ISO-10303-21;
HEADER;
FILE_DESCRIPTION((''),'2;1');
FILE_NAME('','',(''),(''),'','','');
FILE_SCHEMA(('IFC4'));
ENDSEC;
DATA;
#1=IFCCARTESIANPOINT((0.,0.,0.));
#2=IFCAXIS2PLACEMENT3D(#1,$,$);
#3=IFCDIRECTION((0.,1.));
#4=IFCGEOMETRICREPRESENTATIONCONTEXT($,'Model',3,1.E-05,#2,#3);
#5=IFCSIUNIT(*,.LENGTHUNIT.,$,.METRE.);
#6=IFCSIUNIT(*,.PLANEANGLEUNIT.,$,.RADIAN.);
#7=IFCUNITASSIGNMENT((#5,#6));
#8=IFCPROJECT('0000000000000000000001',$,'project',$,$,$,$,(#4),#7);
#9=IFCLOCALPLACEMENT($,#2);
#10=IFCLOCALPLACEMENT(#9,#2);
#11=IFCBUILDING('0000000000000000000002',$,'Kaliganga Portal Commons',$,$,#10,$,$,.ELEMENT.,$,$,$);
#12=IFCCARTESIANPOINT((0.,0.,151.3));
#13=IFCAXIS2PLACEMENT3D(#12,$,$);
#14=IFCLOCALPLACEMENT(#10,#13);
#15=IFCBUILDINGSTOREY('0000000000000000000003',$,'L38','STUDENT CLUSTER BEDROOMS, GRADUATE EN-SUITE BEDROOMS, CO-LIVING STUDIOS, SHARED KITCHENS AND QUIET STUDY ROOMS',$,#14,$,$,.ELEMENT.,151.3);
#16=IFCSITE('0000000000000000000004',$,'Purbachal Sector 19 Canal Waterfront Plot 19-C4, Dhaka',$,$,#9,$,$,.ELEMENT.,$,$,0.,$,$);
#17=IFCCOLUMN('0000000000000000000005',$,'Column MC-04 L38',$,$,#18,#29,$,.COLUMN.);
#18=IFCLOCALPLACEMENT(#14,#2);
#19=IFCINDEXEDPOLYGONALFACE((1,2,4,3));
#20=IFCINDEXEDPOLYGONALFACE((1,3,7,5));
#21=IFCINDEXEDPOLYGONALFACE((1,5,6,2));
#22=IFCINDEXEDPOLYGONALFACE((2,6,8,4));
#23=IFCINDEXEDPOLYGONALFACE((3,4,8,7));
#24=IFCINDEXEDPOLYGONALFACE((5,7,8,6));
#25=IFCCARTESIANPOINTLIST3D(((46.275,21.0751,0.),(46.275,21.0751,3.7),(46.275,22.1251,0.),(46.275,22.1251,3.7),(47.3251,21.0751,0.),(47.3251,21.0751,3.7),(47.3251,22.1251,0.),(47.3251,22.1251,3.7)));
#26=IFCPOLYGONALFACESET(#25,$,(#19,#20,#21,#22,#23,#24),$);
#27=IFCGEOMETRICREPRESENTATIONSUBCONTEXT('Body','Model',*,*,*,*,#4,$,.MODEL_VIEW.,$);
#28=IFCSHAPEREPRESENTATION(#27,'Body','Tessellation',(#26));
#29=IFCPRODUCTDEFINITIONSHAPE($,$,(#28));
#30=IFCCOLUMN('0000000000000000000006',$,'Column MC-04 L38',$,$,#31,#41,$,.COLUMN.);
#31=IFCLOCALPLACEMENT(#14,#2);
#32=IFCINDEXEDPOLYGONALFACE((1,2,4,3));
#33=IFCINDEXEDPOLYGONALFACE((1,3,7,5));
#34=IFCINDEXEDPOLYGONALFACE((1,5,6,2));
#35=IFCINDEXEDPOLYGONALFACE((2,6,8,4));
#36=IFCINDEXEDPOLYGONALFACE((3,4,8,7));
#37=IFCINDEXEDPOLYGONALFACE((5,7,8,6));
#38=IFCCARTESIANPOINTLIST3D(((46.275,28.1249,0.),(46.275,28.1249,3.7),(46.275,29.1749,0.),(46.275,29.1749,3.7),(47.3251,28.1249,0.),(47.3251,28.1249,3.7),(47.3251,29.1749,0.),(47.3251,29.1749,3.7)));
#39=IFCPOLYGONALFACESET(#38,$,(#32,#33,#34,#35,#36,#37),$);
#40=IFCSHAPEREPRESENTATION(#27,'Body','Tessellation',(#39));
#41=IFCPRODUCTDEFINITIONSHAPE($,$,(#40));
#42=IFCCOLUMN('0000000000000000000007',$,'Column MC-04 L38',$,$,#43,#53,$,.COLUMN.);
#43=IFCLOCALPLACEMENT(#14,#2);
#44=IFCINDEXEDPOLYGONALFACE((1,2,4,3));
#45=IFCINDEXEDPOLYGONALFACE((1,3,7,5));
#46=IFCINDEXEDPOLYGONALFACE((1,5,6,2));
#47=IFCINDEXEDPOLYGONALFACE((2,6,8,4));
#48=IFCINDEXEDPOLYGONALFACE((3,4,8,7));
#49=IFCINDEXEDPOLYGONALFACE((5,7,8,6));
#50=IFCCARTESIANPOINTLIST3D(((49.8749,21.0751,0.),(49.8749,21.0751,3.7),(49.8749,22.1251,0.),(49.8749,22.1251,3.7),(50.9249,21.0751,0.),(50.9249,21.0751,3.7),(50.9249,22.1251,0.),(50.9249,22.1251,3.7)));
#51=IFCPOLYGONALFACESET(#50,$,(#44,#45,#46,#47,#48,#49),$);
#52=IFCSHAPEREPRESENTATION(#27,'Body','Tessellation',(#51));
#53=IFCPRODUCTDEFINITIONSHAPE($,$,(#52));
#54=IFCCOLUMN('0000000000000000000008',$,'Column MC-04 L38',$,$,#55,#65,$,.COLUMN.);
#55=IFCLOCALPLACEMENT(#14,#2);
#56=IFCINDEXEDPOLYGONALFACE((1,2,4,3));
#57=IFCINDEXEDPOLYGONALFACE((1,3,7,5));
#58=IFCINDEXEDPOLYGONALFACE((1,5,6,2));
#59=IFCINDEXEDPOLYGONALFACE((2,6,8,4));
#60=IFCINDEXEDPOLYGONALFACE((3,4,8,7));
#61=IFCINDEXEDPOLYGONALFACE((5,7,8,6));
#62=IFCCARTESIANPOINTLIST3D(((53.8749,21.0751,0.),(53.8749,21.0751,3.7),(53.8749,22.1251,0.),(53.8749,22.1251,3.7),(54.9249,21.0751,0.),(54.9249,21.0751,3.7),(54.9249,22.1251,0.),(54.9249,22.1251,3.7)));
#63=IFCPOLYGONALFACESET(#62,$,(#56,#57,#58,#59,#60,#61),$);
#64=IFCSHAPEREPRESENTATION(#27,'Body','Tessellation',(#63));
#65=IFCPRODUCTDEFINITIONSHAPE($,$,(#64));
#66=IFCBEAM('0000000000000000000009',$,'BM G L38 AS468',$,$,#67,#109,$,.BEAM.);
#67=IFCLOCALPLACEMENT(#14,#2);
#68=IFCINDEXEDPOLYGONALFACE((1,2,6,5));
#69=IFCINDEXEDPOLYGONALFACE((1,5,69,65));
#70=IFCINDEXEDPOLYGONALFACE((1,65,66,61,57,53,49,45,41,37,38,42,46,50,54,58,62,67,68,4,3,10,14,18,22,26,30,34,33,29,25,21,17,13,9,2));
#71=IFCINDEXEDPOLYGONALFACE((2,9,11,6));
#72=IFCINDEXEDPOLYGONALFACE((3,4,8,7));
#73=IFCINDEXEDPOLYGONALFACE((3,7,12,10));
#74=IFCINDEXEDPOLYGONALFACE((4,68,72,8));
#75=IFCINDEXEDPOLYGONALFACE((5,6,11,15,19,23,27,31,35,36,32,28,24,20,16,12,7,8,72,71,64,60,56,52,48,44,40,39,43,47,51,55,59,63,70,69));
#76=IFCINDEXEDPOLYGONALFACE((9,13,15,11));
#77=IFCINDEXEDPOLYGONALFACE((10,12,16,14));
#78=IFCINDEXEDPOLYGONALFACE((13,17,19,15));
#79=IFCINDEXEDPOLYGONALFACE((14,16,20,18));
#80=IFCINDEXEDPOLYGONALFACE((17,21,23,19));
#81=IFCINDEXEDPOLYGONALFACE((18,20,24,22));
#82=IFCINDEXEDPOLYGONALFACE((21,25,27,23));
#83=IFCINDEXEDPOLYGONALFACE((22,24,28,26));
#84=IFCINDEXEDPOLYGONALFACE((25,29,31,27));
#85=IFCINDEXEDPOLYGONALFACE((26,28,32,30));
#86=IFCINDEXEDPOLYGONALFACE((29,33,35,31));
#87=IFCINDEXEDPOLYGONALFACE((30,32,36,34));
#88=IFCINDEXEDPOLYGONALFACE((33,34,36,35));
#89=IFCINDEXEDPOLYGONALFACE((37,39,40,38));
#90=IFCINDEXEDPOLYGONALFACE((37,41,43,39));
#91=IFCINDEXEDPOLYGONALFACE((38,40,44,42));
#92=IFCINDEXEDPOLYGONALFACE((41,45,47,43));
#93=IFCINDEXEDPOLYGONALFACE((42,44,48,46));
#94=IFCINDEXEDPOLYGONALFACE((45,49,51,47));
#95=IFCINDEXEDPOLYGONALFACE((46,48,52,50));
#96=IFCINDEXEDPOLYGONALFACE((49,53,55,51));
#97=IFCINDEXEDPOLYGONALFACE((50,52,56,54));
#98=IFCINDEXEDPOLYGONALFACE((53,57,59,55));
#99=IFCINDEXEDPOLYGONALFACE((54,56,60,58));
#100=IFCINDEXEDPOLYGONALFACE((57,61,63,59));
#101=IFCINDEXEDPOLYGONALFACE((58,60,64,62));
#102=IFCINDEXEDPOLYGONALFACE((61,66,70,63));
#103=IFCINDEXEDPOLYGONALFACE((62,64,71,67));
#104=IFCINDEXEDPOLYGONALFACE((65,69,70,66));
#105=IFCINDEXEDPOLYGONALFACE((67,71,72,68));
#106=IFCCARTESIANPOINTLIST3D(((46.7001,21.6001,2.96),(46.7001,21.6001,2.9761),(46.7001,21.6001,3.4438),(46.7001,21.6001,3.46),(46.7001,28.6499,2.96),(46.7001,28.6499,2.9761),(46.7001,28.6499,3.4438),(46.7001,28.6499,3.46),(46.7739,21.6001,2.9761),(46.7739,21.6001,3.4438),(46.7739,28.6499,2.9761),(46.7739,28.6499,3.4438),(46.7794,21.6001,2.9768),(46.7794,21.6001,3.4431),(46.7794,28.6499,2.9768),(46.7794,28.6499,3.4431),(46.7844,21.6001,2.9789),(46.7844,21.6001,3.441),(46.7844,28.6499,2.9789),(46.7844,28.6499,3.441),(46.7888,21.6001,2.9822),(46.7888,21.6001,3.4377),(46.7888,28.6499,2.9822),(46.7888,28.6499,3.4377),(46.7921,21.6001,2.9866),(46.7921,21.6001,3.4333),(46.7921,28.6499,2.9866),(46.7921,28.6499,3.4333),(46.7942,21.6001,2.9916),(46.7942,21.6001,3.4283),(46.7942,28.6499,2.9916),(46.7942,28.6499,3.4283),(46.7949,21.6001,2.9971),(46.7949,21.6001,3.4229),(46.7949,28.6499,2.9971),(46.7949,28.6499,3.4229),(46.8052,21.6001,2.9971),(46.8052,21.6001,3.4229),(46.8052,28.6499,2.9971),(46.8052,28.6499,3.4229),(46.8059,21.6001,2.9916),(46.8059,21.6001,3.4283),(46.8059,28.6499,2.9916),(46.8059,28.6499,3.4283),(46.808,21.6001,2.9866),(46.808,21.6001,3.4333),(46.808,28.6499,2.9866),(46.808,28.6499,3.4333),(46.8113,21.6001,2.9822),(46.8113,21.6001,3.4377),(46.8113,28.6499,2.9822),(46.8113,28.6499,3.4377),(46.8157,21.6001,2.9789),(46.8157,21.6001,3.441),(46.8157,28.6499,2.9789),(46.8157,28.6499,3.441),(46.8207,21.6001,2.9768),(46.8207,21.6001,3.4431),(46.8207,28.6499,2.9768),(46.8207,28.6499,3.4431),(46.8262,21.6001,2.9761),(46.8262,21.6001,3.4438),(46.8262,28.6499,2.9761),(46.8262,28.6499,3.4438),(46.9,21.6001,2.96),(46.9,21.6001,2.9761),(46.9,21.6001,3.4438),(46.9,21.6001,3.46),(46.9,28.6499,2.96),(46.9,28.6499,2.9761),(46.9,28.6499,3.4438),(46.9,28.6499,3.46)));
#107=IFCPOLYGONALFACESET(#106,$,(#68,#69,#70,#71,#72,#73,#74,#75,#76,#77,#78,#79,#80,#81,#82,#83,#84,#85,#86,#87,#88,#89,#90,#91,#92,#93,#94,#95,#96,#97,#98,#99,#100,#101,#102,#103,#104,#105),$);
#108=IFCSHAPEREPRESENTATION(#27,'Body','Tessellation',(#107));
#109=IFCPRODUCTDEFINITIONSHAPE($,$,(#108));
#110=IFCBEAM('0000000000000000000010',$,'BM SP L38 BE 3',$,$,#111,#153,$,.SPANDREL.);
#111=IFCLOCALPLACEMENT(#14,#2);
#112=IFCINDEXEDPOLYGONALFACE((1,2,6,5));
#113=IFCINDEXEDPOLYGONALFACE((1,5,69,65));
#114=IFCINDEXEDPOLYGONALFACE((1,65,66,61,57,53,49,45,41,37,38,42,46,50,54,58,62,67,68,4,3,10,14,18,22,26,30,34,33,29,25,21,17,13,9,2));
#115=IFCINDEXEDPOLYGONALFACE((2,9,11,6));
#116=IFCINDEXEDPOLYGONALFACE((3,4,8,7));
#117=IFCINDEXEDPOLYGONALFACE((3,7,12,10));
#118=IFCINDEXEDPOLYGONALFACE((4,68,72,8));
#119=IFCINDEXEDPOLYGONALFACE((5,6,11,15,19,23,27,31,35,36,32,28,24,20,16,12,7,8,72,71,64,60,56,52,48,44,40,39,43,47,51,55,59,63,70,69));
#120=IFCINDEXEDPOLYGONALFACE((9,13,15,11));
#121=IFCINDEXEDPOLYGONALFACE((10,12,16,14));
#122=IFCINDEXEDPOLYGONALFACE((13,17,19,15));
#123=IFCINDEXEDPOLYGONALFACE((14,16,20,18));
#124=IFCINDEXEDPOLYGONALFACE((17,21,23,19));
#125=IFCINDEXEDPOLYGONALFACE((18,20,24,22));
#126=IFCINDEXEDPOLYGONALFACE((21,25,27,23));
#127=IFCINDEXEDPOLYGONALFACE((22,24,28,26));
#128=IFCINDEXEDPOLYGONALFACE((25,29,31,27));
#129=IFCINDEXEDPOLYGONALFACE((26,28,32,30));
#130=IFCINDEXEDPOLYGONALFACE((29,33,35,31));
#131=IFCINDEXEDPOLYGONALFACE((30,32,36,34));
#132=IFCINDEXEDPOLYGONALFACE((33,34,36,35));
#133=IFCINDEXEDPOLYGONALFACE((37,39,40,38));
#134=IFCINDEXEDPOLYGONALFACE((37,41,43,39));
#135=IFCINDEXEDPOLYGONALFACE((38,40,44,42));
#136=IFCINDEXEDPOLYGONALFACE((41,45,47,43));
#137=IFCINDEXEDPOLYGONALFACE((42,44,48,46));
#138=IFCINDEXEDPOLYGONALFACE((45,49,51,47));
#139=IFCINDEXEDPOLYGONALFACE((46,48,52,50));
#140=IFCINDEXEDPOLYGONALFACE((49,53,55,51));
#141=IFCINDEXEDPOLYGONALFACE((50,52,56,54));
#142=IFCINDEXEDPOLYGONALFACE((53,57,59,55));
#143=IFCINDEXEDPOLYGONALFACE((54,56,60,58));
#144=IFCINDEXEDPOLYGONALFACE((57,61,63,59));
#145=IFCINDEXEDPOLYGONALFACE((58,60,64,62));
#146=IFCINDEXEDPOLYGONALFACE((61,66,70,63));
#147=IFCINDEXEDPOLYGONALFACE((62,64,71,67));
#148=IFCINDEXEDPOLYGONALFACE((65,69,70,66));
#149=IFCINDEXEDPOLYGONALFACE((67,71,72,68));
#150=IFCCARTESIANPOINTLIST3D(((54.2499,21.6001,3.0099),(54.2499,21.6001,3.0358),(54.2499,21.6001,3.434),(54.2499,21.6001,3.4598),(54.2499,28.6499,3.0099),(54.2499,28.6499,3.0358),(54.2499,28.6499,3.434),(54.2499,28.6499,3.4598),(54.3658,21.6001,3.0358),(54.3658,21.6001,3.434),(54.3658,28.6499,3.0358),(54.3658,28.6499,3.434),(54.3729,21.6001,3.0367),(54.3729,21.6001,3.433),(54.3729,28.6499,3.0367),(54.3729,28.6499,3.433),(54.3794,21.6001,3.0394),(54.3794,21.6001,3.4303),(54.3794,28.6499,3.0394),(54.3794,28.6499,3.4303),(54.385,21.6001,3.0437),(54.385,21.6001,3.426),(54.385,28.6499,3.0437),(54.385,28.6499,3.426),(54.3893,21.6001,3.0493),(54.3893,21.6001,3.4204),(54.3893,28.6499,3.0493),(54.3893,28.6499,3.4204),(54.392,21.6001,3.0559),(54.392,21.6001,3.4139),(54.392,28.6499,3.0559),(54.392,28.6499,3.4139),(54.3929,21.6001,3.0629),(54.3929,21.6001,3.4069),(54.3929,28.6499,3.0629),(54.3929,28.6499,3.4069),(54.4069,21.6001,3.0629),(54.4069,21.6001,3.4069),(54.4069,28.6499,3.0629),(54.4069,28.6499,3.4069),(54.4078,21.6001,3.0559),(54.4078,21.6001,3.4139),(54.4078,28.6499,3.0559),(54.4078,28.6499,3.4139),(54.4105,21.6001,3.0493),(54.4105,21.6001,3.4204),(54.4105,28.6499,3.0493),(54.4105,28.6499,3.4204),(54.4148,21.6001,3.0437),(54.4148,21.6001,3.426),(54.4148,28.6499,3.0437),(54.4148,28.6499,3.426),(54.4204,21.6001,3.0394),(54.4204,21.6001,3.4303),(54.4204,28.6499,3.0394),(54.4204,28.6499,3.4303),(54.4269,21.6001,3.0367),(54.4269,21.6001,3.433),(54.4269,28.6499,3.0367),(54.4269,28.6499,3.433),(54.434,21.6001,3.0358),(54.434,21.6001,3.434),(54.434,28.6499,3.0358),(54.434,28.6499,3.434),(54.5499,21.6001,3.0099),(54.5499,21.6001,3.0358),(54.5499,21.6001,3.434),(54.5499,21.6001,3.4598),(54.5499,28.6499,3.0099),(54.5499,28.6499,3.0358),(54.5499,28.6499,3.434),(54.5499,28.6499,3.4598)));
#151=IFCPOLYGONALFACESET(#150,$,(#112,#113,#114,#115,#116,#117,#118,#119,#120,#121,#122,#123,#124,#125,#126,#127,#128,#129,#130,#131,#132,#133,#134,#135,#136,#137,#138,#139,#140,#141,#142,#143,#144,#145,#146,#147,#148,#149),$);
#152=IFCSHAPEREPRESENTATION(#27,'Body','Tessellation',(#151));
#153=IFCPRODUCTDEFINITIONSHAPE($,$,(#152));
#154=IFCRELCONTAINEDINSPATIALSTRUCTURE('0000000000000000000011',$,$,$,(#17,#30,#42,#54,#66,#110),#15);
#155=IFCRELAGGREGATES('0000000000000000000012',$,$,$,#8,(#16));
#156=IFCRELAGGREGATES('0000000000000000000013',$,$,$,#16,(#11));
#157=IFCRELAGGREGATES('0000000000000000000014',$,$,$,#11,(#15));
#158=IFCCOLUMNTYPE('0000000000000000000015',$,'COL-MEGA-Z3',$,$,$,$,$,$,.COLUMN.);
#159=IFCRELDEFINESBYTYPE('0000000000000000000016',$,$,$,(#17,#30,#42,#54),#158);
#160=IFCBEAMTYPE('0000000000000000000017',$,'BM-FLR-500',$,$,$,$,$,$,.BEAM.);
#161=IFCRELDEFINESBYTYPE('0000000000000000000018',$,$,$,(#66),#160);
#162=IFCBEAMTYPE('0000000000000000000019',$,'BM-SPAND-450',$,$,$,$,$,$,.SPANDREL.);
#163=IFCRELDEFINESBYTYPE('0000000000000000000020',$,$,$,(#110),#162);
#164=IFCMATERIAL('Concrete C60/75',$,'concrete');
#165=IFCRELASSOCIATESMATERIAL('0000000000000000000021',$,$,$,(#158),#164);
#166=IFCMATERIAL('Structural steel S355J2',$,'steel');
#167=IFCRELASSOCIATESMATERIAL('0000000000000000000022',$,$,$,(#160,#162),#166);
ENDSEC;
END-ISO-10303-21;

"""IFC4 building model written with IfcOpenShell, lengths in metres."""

from ifc_helpers import new_model, si_unit, direction, frame, origin, origin_2d, place, context, subcontext, project, spatial, rectangle, i_section, extrude, source, transform, mapped, material, material_profile, profile_set, type_object, element, save


model = new_model("IFC4")

# Units and contexts
model_context = context("Model", 3, precision=1e-05, world=origin(), true_north=direction((0.0, 1.0)))
body_context = subcontext(model_context, "Body", "Model", "MODEL_VIEW")
ifc_project = project(units=[si_unit("LENGTHUNIT", "METRE"), si_unit("PLANEANGLEUNIT", "RADIAN")], contexts=[model_context])

# Site, building, storey
site_placement = place(None, origin())
site = spatial("IfcSite", under=ifc_project, at=site_placement, Name="Purbachal Sector 19 Canal Waterfront Plot 19-C4, Dhaka", CompositionType="ELEMENT", RefElevation=0.0)
building_placement = place(site_placement, origin())
building = spatial("IfcBuilding", under=site, at=building_placement, Name="Kaliganga Portal Commons", CompositionType="ELEMENT")
storey_placement = place(building_placement, frame((0.0, 0.0, 151.3)))
storey = spatial("IfcBuildingStorey", under=building, at=storey_placement, Name="L38", Description="STUDENT CLUSTER BEDROOMS, GRADUATE EN-SUITE BEDROOMS, CO-LIVING STUDIOS, SHARED KITCHENS AND QUIET STUDY ROOMS", CompositionType="ELEMENT", Elevation=151.3)

# Columns
ifc_material_1 = material(Name="Concrete C60/75", Category="concrete")
ifc_material_profile_1 = material_profile(ifc_material_1, rectangle(XDim=1.05, YDim=1.05, at=origin_2d()), Name="RC 1050x1050")
ifc_profile_set_1 = profile_set([ifc_material_profile_1], Name="Concrete C60/75")
column_type = type_object("IfcColumnType", Name="COL-MEGA-Z3", PredefinedType="COLUMN", material=ifc_profile_set_1)
shared_shape_1 = source(origin(), body_context, "Body", "SweptSolid", [
    extrude(rectangle(XDim=1.05, YDim=1.05, at=origin_2d()), origin(), (0.0, 0.0, 1.0), 3.7),
])
for number, where, z_axis, x_axis, name in (
    (1, (46.8, 21.6001, 0.0), (0.0, 0.0, 1.0), (1.0, 0.0, 0.0), "Column MC-04 L38"),
    (2, (46.8, 28.6499, 0.0), (0.0, 0.0, 1.0), (1.0, 0.0, 0.0), "Column MC-04 L38"),
    (3, (50.3999, 21.6001, 0.0), (0.0, 0.0, 1.0), (1.0, 0.0, 0.0), "Column MC-04 L38"),
    (4, (54.3999, 21.6001, 0.0), (0.0, 0.0, 1.0), (1.0, 0.0, 0.0), "Column MC-04 L38"),
):
    element("IfcColumn", number, at=place(storey_placement, frame(where, z_axis=z_axis, x_axis=x_axis)), inside=storey, type_object=column_type, Name=name, PredefinedType="COLUMN", context=body_context, shape_type="MappedRepresentation", body=[
        mapped(shared_shape_1, transform((0.0, 0.0, 0.0), x_axis=(1.0, 0.0, 0.0), y_axis=(0.0, 1.0, 0.0), z_axis=(0.0, 0.0, 1.0), scale=1.0)),
    ])

# Beams
ifc_material_2 = material(Name="Structural steel S355J2", Category="steel")
ifc_material_profile_2 = material_profile(ifc_material_2, i_section(OverallWidth=0.2, OverallDepth=0.5, WebThickness=0.0103, FlangeThickness=0.0161, FilletRadius=0.021, at=origin_2d()), Name="IPE 500")
ifc_profile_set_2 = profile_set([ifc_material_profile_2], Name="Structural steel S355J2 wide-flange")
beam_type_1 = type_object("IfcBeamType", Name="BM-FLR-500", PredefinedType="BEAM", material=ifc_profile_set_2)
shared_shape_2 = source(origin(), body_context, "Body", "SweptSolid", [
    extrude(i_section(OverallWidth=0.2, OverallDepth=0.5, WebThickness=0.0103, FlangeThickness=0.0161, FilletRadius=0.021, at=origin_2d()), origin(), (0.0, 0.0, 1.0), 7.0498),
])
beam_1_placement = place(storey_placement, frame((46.8, 21.6001, 3.21), z_axis=(0.0, 1.0, 0.0), x_axis=(-1.0, 0.0, 0.0)))
element("IfcBeam", 5, at=beam_1_placement, inside=storey, type_object=beam_type_1, Name="BM G L38 AS468", PredefinedType="BEAM", context=body_context, shape_type="MappedRepresentation", body=[
    mapped(shared_shape_2, transform((0.0, 0.0, 0.0), x_axis=(1.0, 0.0, 0.0), y_axis=(0.0, 1.0, 0.0), z_axis=(0.0, 0.0, 1.0), scale=1.0)),
])
ifc_material_profile_3 = material_profile(ifc_material_2, i_section(OverallWidth=0.3, OverallDepth=0.45, WebThickness=0.0139, FlangeThickness=0.0259, FilletRadius=0.0271, at=origin_2d()), Name="HE 450 B")
ifc_profile_set_3 = profile_set([ifc_material_profile_3], Name="Structural steel S355J2 wide-flange")
beam_type_2 = type_object("IfcBeamType", Name="BM-SPAND-450", PredefinedType="SPANDREL", material=ifc_profile_set_3)
shared_shape_3 = source(origin(), body_context, "Body", "SweptSolid", [
    extrude(i_section(OverallWidth=0.3, OverallDepth=0.45, WebThickness=0.0139, FlangeThickness=0.0259, FilletRadius=0.0271, at=origin_2d()), origin(), (0.0, 0.0, 1.0), 7.0498),
])
beam_2_placement = place(storey_placement, frame((54.3999, 21.6001, 3.2349), z_axis=(0.0, 1.0, 0.0), x_axis=(-1.0, 0.0, 0.0)))
element("IfcBeam", 6, at=beam_2_placement, inside=storey, type_object=beam_type_2, Name="BM SP L38 BE 3", PredefinedType="SPANDREL", context=body_context, shape_type="MappedRepresentation", body=[
    mapped(shared_shape_3, transform((0.0, 0.0, 0.0), x_axis=(1.0, 0.0, 0.0), y_axis=(0.0, 1.0, 0.0), z_axis=(0.0, 0.0, 1.0), scale=1.0)),
])

save(model, "model.ifc")
